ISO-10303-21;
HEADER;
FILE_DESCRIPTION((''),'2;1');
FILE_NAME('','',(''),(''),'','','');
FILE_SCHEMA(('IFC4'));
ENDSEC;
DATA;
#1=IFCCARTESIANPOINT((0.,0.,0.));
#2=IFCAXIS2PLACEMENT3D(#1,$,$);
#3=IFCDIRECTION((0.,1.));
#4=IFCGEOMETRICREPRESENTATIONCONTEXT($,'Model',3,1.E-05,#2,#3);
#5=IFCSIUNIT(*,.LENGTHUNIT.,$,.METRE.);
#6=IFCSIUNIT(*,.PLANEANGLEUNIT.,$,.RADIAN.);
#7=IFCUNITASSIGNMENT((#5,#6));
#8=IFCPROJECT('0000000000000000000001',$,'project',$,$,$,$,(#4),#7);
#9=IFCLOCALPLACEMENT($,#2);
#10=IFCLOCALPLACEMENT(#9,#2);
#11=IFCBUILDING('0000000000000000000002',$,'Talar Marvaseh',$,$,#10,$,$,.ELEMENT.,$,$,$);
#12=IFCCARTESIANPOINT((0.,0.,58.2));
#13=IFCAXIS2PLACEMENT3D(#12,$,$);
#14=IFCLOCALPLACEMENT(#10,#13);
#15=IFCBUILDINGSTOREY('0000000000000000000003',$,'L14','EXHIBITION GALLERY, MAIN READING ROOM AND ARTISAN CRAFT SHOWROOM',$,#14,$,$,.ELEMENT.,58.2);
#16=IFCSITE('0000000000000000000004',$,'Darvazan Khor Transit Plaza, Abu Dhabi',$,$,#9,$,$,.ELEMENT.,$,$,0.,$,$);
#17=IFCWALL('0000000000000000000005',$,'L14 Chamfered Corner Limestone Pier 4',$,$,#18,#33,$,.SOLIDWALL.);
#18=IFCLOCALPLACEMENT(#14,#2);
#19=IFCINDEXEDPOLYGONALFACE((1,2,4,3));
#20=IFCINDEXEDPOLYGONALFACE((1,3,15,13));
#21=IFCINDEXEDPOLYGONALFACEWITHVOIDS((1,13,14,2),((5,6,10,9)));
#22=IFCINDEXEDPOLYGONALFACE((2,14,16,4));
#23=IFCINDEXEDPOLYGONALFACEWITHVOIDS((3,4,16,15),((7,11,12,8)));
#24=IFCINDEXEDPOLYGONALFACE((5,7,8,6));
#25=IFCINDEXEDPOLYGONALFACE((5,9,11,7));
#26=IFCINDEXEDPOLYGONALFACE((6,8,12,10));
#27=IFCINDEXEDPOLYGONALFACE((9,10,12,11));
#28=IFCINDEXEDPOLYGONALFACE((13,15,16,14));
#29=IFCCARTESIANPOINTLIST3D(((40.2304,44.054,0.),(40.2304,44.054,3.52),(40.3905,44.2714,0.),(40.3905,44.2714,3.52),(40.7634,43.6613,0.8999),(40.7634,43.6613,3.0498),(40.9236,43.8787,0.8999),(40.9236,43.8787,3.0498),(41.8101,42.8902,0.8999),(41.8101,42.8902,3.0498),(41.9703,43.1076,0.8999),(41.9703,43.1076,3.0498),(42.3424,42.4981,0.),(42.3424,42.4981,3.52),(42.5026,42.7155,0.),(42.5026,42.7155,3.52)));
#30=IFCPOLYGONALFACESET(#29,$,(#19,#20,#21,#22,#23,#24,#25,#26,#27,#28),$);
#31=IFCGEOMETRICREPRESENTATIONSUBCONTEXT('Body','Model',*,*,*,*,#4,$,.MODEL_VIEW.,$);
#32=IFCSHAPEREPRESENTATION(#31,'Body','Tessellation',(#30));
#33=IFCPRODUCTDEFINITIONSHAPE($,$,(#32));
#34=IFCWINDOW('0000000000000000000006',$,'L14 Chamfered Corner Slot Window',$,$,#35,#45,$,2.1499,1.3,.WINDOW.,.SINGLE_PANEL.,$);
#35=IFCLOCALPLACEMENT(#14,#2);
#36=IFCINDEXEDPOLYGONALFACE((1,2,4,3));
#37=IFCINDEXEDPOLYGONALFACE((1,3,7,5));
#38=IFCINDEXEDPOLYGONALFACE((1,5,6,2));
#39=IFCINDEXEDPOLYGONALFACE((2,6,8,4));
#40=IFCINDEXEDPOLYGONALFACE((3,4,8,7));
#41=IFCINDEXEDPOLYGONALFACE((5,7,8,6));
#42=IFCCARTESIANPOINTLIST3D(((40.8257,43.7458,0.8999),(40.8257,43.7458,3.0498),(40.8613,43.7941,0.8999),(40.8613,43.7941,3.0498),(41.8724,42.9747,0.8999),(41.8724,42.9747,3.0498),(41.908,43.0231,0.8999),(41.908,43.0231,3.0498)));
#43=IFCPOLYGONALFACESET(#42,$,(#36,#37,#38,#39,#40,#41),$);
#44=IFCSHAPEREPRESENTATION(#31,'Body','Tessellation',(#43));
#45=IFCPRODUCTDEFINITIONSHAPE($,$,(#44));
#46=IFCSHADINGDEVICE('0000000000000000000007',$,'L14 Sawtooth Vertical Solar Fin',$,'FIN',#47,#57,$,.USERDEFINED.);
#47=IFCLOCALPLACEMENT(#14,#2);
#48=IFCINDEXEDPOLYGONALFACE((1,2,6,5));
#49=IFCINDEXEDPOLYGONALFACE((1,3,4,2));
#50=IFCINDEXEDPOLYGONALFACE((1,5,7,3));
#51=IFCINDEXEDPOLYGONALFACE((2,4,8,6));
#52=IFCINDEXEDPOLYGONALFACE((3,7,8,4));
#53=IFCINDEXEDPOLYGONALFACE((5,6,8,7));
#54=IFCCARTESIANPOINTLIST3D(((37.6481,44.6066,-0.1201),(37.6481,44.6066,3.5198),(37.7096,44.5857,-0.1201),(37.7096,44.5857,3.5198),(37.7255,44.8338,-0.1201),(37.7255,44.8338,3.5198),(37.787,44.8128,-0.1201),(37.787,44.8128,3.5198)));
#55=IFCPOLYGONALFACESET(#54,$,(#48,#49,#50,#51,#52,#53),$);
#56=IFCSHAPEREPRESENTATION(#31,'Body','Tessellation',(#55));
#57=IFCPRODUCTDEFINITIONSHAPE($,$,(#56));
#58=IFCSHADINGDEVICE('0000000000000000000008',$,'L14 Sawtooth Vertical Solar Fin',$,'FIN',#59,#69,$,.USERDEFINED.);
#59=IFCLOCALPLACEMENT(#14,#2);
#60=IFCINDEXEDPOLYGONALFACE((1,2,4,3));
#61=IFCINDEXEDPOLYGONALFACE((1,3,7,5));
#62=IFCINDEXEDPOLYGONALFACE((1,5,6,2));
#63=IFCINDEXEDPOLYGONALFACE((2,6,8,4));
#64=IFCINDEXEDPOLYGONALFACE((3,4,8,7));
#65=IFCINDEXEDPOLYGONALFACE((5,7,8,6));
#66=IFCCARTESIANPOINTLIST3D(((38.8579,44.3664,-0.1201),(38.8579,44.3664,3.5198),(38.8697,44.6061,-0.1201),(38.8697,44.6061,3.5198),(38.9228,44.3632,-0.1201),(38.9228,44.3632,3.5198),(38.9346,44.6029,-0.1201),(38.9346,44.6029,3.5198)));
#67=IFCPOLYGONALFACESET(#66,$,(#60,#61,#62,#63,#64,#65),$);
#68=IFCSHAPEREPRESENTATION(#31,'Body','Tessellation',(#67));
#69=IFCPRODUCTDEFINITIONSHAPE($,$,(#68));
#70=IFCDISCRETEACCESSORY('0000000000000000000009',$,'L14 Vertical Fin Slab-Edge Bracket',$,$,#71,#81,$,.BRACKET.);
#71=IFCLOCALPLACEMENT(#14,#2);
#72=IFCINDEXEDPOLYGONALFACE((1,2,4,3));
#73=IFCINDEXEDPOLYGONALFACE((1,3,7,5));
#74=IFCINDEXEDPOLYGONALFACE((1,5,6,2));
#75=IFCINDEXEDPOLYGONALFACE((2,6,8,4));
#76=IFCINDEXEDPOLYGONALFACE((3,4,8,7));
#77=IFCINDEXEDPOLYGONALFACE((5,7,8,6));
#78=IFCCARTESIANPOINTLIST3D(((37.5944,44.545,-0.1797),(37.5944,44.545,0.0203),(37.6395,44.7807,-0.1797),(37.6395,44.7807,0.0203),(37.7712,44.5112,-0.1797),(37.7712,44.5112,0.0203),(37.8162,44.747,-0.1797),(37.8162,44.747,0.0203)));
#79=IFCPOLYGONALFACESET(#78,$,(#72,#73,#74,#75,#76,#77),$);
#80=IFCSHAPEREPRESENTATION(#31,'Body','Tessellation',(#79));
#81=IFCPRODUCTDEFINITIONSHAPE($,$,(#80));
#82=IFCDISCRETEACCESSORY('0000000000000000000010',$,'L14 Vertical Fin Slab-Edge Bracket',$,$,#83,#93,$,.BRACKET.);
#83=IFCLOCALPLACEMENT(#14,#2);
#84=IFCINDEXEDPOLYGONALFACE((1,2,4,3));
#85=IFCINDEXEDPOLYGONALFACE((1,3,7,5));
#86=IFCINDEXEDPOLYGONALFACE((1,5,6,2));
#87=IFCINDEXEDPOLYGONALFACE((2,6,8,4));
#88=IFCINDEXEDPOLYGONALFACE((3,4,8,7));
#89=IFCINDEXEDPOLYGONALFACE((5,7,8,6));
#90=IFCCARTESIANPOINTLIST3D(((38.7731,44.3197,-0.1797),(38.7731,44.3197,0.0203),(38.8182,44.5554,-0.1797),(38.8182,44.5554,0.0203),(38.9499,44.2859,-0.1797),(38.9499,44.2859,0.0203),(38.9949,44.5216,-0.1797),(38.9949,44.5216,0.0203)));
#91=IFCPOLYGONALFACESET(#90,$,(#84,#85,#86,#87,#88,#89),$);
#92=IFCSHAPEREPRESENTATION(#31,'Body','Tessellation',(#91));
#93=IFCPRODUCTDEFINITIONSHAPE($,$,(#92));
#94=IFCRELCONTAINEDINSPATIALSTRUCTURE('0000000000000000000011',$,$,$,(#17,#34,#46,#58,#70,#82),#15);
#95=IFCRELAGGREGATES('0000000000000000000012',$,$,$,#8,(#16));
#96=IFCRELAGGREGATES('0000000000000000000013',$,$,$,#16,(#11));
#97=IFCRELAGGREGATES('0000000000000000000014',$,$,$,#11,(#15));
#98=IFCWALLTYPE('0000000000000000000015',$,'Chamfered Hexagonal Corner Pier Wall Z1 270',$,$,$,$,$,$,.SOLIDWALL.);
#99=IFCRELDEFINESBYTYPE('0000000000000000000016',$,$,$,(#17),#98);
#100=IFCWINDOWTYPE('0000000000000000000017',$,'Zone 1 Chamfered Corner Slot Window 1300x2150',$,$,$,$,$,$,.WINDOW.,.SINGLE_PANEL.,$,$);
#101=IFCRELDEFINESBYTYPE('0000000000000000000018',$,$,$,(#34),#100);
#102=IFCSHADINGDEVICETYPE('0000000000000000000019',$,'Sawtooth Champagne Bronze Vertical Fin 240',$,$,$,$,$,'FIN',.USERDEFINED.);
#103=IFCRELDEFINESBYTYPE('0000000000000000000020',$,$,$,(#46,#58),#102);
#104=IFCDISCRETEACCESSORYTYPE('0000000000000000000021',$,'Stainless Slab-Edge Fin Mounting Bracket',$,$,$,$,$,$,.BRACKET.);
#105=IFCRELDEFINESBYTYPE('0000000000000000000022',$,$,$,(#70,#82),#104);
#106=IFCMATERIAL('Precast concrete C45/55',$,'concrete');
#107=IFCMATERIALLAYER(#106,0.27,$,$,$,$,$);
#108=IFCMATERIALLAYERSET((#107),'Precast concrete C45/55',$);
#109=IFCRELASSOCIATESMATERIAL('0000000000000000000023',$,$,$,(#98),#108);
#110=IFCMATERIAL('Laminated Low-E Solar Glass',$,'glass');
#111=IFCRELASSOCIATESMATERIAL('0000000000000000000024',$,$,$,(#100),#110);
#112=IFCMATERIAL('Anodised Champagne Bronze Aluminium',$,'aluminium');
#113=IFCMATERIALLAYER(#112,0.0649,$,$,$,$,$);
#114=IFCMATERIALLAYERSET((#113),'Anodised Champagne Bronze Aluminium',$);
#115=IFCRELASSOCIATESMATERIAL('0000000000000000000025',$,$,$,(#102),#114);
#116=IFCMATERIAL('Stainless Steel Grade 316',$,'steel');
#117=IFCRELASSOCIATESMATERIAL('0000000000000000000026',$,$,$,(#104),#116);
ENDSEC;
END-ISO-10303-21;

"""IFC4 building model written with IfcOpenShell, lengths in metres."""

from ifc_helpers import new_model, si_unit, direction, frame, frame_2d, origin, origin_2d, place, context, subcontext, project, spatial, rectangle, extrude, source, transform, mapped, material, layer, layer_set, type_object, type_shapes, element, fill, save


model = new_model("IFC4")

# Units and contexts
model_context = context("Model", 3, precision=1e-05, world=origin(), true_north=direction((0.0, 1.0)))
body_context = subcontext(model_context, "Body", "Model", "MODEL_VIEW")
ifc_project = project(units=[si_unit("LENGTHUNIT", "METRE"), si_unit("PLANEANGLEUNIT", "RADIAN")], contexts=[model_context])

# Site, building, storey
site_placement = place(None, origin())
site = spatial("IfcSite", under=ifc_project, at=site_placement, Name="Darvazan Khor Transit Plaza, Abu Dhabi", CompositionType="ELEMENT", RefElevation=0.0)
building_placement = place(site_placement, origin())
building = spatial("IfcBuilding", under=site, at=building_placement, Name="Talar Marvaseh", CompositionType="ELEMENT")
storey_placement = place(building_placement, frame((0.0, 0.0, 58.2)))
storey = spatial("IfcBuildingStorey", under=building, at=storey_placement, Name="L14", Description="EXHIBITION GALLERY, MAIN READING ROOM AND ARTISAN CRAFT SHOWROOM", CompositionType="ELEMENT", Elevation=58.2)

# Shared definitions
ifc_material_1 = material(Name="Laminated Low-E Solar Glass", Category="glass")

# Wall, opening, window
ifc_material_2 = material(Name="Precast concrete C45/55", Category="concrete")
ifc_layer_1 = layer(ifc_material_2, 0.27)
ifc_layer_set_1 = layer_set([ifc_layer_1], Name="Precast concrete C45/55")
wall_type = type_object("IfcWallType", Name="Chamfered Hexagonal Corner Pier Wall Z1 270", PredefinedType="SOLIDWALL", material=ifc_layer_set_1)
wall_placement = place(storey_placement, frame((40.3105, 44.1626, 0.0), z_axis=(0.0, 0.0, 1.0), x_axis=(0.805119, -0.593113, 0.0)))
wall = element("IfcWall", 1, at=wall_placement, inside=storey, type_object=wall_type, Name="L14 Chamfered Corner Limestone Pier 4", PredefinedType="SOLIDWALL", context=body_context, shape_type="SweptSolid", body=[
    extrude(rectangle(XDim=2.6233, YDim=0.27, at=frame_2d((1.3115, 0.0))), origin(), (0.0, 0.0, 1.0), 3.52),
])
opening_placement = place(wall_placement, frame((0.6621, 0.0, 0.8999)))
opening = element("IfcOpeningElement", 2, at=opening_placement, cuts=wall, PredefinedType="OPENING", context=body_context, shape_type="SweptSolid", body=[
    extrude(rectangle(XDim=1.3, YDim=2.1499, at=frame_2d((0.6499, 1.075))), frame((0.0, 0.145, 0.0), z_axis=(0.0, -1.0, 0.0), x_axis=(1.0, 0.0, 0.0)), (0.0, 0.0, 1.0), 0.29),
])
window_type = type_object("IfcWindowType", Name="Zone 1 Chamfered Corner Slot Window 1300x2150", PartitioningType="SINGLE_PANEL", PredefinedType="WINDOW", material=ifc_material_1)
shared_shape_1 = source(origin(), body_context, "Body", "SweptSolid", [
    extrude(rectangle(XDim=1.3, YDim=2.1499, at=frame_2d((0.6499, 1.075))), frame((0.0, 0.03, 0.0), z_axis=(0.0, -1.0, 0.0), x_axis=(1.0, 0.0, 0.0)), (0.0, 0.0, 1.0), 0.0601),
])
type_shapes(window_type, [shared_shape_1])
window_placement = place(opening_placement, origin())
window = element("IfcWindow", 3, at=window_placement, inside=storey, type_object=window_type, Name="L14 Chamfered Corner Slot Window", OverallHeight=2.1499, OverallWidth=1.3, PartitioningType="SINGLE_PANEL", PredefinedType="WINDOW", context=body_context, shape_type="MappedRepresentation", body=[
    mapped(shared_shape_1, transform((0.0, 0.0, 0.0), x_axis=(1.0, 0.0, 0.0), y_axis=(0.0, 1.0, 0.0), z_axis=(0.0, 0.0, 1.0), scale=1.0)),
])
fill(opening, window)

# Shading devices
ifc_material_3 = material(Name="Anodised Champagne Bronze Aluminium", Category="aluminium")
ifc_layer_2 = layer(ifc_material_3, 0.0649)
ifc_layer_set_2 = layer_set([ifc_layer_2], Name="Anodised Champagne Bronze Aluminium")
shading_device_type = type_object("IfcShadingDeviceType", Name="Sawtooth Champagne Bronze Vertical Fin 240", ElementType="FIN", PredefinedType="USERDEFINED", material=ifc_layer_set_2)
shared_shape_2 = source(origin(), body_context, "Body", "SweptSolid", [
    extrude(rectangle(XDim=0.24, YDim=0.0649, at=origin_2d()), origin(), (0.0, 0.0, 1.0), 3.6399),
])
type_shapes(shading_device_type, [shared_shape_2])
for number, where, z_axis, x_axis, name in (
    (4, (37.7175, 44.7097, -0.1201), (0.0, 0.0, 1.0), (0.322596, 0.946537, 0.0), "L14 Sawtooth Vertical Solar Fin"),
    (5, (38.8962, 44.4846, -0.1201), (0.0, 0.0, 1.0), (0.049198, 0.998789, 0.0), "L14 Sawtooth Vertical Solar Fin"),
):
    element("IfcShadingDevice", number, at=place(storey_placement, frame(where, z_axis=z_axis, x_axis=x_axis)), inside=storey, type_object=shading_device_type, Name=name, ObjectType="FIN", PredefinedType="USERDEFINED", context=body_context, shape_type="MappedRepresentation", body=[
        mapped(shared_shape_2, transform((0.0, 0.0, 0.0), x_axis=(1.0, 0.0, 0.0), y_axis=(0.0, 1.0, 0.0), z_axis=(0.0, 0.0, 1.0), scale=1.0)),
    ])

# Discrete accessories
ifc_material_4 = material(Name="Stainless Steel Grade 316", Category="steel")
discrete_accessory_type = type_object("IfcDiscreteAccessoryType", Name="Stainless Slab-Edge Fin Mounting Bracket", PredefinedType="BRACKET", material=ifc_material_4)
shared_shape_3 = source(origin(), body_context, "Body", "SweptSolid", [
    extrude(rectangle(XDim=0.24, YDim=0.1799, at=origin_2d()), origin(), (0.0, 0.0, 1.0), 0.2),
])
type_shapes(discrete_accessory_type, [shared_shape_3])
for number, where, z_axis, x_axis, name in (
    (6, (37.7053, 44.646, -0.1797), (0.0, 0.0, 1.0), (0.187724, 0.982222, 0.0), "L14 Vertical Fin Slab-Edge Bracket"),
    (7, (38.884, 44.4207, -0.1797), (0.0, 0.0, 1.0), (0.187724, 0.982222, 0.0), "L14 Vertical Fin Slab-Edge Bracket"),
):
    element("IfcDiscreteAccessory", number, at=place(storey_placement, frame(where, z_axis=z_axis, x_axis=x_axis)), inside=storey, type_object=discrete_accessory_type, Name=name, PredefinedType="BRACKET", context=body_context, shape_type="MappedRepresentation", body=[
        mapped(shared_shape_3, transform((0.0, 0.0, 0.0), x_axis=(1.0, 0.0, 0.0), y_axis=(0.0, 1.0, 0.0), z_axis=(0.0, 0.0, 1.0), scale=1.0)),
    ])

save(model, "model.ifc")
